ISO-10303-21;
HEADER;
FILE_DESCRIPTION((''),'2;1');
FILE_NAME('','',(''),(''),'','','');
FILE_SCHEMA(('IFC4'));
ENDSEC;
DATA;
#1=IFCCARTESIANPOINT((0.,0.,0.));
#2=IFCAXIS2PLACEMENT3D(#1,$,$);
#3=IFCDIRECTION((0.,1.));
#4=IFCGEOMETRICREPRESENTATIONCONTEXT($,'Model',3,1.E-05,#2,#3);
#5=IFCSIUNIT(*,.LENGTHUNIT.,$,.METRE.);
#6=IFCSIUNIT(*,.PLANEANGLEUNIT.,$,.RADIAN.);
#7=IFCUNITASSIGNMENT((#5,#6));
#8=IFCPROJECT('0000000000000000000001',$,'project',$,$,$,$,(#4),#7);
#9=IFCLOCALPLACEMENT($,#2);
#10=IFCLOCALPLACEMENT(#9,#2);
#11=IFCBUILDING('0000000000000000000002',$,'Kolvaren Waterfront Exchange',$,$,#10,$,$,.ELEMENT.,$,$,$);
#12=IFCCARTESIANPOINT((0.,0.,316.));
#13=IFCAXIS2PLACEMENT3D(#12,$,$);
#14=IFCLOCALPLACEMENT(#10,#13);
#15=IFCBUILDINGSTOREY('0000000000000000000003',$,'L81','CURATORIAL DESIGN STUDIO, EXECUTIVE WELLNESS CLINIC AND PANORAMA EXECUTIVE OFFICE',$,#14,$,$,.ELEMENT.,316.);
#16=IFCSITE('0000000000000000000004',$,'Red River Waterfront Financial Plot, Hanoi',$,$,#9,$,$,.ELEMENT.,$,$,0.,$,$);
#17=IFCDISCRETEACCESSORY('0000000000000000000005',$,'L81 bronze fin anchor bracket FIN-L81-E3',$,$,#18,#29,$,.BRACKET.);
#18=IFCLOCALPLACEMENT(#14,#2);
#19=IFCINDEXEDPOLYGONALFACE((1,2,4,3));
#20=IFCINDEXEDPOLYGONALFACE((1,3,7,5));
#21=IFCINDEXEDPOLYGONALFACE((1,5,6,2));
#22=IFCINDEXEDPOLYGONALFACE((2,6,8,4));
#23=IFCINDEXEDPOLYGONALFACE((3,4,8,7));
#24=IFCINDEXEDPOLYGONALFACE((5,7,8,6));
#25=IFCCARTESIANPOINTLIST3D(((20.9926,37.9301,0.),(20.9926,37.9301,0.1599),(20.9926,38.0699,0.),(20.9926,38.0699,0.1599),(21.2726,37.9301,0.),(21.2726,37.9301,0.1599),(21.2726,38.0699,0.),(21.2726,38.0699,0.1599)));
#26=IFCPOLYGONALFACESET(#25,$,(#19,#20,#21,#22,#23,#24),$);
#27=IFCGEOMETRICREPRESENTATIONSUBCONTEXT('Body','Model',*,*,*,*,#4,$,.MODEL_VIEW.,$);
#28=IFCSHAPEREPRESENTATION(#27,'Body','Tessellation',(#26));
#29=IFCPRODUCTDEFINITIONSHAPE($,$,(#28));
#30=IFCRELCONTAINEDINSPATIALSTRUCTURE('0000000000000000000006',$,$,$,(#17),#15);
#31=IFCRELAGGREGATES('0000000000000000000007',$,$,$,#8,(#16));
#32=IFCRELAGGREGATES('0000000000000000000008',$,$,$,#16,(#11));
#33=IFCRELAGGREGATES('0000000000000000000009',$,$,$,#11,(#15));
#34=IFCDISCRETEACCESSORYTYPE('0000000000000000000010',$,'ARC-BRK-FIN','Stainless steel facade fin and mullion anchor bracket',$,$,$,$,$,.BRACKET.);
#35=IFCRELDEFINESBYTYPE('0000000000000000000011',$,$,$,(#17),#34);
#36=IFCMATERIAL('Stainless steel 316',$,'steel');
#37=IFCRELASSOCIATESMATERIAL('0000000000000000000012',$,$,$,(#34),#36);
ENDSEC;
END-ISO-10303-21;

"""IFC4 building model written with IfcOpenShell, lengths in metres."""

from ifc_helpers import new_model, si_unit, direction, frame, origin, origin_with_axes, origin_2d, place, context, subcontext, project, spatial, rectangle, extrude, source, transform, mapped, material, type_object, element, save


model = new_model("IFC4")

# Units and contexts
model_context = context("Model", 3, precision=1e-05, world=origin(), true_north=direction((0.0, 1.0)))
body_context = subcontext(model_context, "Body", "Model", "MODEL_VIEW")
ifc_project = project(units=[si_unit("LENGTHUNIT", "METRE"), si_unit("PLANEANGLEUNIT", "RADIAN")], contexts=[model_context])

# Site, building, storey
site_placement = place(None, origin())
site = spatial("IfcSite", under=ifc_project, at=site_placement, Name="Red River Waterfront Financial Plot, Hanoi", CompositionType="ELEMENT", RefElevation=0.0)
building_placement = place(site_placement, origin())
building = spatial("IfcBuilding", under=site, at=building_placement, Name="Kolvaren Waterfront Exchange", CompositionType="ELEMENT")
storey_placement = place(building_placement, frame((0.0, 0.0, 316.0)))
storey = spatial("IfcBuildingStorey", under=building, at=storey_placement, Name="L81", Description="CURATORIAL DESIGN STUDIO, EXECUTIVE WELLNESS CLINIC AND PANORAMA EXECUTIVE OFFICE", CompositionType="ELEMENT", Elevation=316.0)

# Shared definitions
ifc_material_1 = material(Name="Stainless steel 316", Category="steel")

# Discrete accessory
discrete_accessory_type = type_object("IfcDiscreteAccessoryType", Name="ARC-BRK-FIN", Description="Stainless steel facade fin and mullion anchor bracket", PredefinedType="BRACKET", material=ifc_material_1)
shared_shape_1 = source(origin_with_axes(), body_context, "Body", "SweptSolid", [
    extrude(rectangle(XDim=0.28, YDim=0.1399, at=origin_2d()), origin(), (0.0, 0.0, 1.0), 0.1599),
])
for number, where, z_axis, x_axis, name in (
    (1, (21.1326, 38.0, 0.0), (0.0, 0.0, 1.0), (1.0, 0.0, 0.0), "L81 bronze fin anchor bracket FIN-L81-E3"),
):
    element("IfcDiscreteAccessory", number, at=place(storey_placement, frame(where, z_axis=z_axis, x_axis=x_axis)), inside=storey, type_object=discrete_accessory_type, Name=name, PredefinedType="BRACKET", context=body_context, shape_type="MappedRepresentation", body=[
        mapped(shared_shape_1, transform((0.0, 0.0, 0.0), x_axis=(1.0, 0.0, 0.0), y_axis=(0.0, 1.0, 0.0), z_axis=(0.0, 0.0, 1.0), scale=1.0)),
    ])

save(model, "model.ifc")
